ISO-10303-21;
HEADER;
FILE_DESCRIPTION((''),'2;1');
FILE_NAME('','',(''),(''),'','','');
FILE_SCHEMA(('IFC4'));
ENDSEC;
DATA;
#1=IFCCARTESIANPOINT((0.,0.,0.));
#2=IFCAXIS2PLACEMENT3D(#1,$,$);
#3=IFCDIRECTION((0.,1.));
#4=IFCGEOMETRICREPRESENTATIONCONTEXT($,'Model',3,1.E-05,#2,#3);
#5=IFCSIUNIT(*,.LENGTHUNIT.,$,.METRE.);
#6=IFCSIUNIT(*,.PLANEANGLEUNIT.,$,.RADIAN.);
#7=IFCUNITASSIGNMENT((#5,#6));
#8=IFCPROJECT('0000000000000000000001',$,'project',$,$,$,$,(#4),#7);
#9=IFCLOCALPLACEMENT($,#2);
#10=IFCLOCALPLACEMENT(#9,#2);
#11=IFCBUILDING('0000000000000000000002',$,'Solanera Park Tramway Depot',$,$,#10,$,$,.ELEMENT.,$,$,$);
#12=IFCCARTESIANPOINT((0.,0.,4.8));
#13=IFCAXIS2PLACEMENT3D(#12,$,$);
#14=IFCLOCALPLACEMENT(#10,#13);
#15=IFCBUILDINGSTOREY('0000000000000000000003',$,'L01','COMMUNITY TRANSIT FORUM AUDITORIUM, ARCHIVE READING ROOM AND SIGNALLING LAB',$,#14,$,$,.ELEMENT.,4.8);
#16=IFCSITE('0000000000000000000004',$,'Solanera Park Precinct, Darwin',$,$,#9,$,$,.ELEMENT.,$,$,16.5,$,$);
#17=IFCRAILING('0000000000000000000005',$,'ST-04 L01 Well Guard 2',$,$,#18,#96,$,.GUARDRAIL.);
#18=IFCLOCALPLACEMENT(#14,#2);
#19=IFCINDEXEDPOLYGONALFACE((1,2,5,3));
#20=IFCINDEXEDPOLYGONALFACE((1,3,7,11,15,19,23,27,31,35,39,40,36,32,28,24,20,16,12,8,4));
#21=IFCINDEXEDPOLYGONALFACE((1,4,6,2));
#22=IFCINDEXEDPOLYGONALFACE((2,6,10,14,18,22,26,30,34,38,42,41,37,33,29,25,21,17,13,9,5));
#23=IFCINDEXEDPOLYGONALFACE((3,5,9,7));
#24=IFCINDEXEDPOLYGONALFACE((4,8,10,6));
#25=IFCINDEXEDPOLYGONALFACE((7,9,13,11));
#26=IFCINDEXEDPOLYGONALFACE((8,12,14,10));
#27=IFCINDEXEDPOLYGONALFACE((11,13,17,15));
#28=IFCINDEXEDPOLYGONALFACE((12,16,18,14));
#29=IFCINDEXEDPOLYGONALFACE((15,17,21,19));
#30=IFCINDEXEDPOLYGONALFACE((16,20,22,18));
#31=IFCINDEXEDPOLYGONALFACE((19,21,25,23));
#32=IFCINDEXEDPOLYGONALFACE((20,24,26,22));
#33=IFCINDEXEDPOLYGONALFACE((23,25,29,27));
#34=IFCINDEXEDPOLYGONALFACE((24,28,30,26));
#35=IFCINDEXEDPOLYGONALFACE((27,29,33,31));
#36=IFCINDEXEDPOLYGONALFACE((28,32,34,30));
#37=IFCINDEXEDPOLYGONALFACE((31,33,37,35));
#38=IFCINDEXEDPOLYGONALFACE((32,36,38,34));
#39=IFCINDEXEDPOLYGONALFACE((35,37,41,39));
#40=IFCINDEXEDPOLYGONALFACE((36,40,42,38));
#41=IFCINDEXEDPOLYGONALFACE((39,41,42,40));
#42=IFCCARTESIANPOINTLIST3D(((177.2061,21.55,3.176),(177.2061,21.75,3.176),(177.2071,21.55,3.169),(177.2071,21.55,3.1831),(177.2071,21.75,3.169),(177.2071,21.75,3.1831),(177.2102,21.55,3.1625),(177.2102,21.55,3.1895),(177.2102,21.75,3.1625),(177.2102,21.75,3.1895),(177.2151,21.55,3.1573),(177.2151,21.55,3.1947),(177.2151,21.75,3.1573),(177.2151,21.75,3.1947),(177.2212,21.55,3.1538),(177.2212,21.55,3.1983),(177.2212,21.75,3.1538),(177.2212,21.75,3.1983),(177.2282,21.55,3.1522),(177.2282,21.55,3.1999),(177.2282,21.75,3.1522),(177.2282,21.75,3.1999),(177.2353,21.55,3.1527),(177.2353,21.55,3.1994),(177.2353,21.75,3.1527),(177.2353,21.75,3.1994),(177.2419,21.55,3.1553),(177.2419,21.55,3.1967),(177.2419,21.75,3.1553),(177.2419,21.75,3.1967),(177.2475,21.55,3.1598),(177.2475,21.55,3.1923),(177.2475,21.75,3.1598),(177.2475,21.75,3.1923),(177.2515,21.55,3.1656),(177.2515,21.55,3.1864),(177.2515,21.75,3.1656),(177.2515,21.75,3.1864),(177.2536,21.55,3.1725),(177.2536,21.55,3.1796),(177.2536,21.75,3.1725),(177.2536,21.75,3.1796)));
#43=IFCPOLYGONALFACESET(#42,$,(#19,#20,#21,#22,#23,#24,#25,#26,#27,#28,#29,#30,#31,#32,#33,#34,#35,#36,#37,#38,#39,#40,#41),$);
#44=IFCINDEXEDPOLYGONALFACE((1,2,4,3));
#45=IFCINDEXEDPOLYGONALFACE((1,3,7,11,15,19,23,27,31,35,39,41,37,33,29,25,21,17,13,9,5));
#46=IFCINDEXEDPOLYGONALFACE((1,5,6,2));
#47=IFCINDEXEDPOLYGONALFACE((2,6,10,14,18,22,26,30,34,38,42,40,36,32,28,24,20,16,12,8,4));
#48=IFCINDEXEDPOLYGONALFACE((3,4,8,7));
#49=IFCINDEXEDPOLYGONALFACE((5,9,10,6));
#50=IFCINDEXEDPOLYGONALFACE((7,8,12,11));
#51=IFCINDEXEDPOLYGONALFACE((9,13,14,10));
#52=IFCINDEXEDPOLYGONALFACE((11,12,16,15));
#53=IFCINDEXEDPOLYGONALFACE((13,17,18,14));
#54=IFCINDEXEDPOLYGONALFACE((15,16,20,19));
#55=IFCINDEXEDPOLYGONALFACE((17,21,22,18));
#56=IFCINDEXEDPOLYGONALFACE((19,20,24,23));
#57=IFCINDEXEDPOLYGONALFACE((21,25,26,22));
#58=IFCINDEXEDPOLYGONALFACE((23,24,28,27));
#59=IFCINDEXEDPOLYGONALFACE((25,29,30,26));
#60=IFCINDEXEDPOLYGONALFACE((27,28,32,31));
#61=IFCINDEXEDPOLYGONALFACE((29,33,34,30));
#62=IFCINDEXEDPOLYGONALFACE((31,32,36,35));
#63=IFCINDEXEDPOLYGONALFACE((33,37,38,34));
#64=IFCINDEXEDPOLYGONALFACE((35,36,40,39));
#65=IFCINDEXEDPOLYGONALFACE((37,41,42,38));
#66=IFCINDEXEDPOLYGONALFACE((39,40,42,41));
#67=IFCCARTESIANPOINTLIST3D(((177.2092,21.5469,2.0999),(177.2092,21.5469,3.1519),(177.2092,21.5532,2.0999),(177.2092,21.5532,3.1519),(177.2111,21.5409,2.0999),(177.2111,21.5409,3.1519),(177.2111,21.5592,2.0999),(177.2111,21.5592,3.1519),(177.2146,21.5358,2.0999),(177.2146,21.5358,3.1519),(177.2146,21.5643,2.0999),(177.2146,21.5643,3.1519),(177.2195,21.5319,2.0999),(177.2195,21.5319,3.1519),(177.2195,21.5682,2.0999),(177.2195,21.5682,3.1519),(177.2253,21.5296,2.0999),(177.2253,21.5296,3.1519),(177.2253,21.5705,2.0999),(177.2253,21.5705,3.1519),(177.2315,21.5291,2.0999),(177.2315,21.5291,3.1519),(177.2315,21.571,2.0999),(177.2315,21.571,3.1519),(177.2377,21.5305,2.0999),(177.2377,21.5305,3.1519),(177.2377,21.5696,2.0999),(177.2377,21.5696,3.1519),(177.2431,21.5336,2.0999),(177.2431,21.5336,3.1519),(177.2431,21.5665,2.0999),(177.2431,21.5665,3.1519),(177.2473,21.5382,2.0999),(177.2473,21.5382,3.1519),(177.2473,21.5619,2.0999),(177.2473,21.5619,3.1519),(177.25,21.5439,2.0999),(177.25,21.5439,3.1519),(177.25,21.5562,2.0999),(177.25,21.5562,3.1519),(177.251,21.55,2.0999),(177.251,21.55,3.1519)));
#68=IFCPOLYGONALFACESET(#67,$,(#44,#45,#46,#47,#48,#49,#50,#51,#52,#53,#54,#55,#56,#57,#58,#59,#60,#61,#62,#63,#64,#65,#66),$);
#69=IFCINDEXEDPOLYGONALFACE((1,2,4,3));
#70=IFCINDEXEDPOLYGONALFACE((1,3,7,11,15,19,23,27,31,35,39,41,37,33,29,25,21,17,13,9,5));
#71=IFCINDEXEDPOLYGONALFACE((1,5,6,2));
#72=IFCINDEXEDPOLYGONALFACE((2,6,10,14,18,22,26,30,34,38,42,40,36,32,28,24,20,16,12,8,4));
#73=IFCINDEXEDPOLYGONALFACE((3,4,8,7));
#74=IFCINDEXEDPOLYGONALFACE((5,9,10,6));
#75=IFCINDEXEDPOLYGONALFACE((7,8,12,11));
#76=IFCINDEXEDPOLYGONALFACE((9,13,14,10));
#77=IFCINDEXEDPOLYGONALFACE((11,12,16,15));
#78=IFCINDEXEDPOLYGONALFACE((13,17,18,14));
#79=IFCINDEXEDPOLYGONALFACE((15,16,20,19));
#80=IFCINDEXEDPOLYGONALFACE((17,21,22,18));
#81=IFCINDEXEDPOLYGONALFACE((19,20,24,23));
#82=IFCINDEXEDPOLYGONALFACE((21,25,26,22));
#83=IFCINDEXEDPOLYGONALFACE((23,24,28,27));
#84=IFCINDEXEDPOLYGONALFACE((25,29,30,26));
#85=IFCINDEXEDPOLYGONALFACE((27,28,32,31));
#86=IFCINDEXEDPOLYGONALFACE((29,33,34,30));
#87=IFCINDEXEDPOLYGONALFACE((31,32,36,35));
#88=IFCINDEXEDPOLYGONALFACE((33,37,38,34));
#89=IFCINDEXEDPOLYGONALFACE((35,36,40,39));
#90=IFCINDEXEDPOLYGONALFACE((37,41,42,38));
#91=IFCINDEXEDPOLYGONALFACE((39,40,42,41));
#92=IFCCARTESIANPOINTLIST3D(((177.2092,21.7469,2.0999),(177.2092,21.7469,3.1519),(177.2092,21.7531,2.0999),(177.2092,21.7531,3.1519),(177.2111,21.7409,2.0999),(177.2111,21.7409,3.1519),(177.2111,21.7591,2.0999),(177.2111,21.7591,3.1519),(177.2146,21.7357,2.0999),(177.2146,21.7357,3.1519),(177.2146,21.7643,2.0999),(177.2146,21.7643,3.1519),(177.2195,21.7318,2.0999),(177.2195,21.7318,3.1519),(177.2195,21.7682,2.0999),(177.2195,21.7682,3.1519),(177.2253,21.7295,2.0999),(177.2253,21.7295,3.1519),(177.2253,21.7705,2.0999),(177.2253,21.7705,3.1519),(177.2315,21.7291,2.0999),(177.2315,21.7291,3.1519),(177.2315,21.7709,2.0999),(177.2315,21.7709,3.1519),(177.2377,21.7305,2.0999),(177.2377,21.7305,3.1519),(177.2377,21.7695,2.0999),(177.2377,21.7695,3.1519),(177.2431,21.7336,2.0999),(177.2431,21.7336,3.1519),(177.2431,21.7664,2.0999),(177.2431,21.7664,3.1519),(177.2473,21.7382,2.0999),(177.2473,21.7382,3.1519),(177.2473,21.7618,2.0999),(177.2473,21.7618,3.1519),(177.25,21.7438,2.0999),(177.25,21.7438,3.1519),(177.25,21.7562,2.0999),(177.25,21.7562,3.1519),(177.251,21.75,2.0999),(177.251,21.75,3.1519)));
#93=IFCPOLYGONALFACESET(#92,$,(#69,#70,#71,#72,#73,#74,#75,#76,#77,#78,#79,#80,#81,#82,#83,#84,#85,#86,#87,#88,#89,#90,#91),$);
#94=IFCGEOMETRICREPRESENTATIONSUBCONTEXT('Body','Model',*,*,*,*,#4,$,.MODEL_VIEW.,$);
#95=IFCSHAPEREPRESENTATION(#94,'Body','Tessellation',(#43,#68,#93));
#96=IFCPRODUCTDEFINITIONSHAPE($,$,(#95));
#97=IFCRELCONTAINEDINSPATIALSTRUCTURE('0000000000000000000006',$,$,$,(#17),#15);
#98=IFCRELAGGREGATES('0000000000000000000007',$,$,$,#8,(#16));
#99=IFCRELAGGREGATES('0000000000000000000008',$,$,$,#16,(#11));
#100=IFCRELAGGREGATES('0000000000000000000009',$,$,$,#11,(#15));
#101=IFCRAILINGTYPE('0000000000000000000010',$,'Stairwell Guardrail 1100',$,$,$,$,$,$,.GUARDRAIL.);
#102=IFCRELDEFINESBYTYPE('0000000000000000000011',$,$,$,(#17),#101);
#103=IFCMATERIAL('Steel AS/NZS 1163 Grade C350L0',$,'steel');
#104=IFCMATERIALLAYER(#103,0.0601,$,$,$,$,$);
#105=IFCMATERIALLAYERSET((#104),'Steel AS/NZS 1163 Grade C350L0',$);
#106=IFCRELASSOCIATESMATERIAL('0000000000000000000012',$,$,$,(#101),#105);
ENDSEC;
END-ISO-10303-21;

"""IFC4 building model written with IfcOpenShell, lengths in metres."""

from ifc_helpers import new_model, si_unit, direction, frame, origin, origin_2d, place, context, subcontext, project, spatial, circle, extrude, material, layer, layer_set, type_object, element, save


model = new_model("IFC4")

# Units and contexts
model_context = context("Model", 3, precision=1e-05, world=origin(), true_north=direction((0.0, 1.0)))
body_context = subcontext(model_context, "Body", "Model", "MODEL_VIEW")
ifc_project = project(units=[si_unit("LENGTHUNIT", "METRE"), si_unit("PLANEANGLEUNIT", "RADIAN")], contexts=[model_context])

# Site, building, storey
site_placement = place(None, origin())
site = spatial("IfcSite", under=ifc_project, at=site_placement, Name="Solanera Park Precinct, Darwin", CompositionType="ELEMENT", RefElevation=16.5)
building_placement = place(site_placement, origin())
building = spatial("IfcBuilding", under=site, at=building_placement, Name="Solanera Park Tramway Depot", CompositionType="ELEMENT")
storey_placement = place(building_placement, frame((0.0, 0.0, 4.8)))
storey = spatial("IfcBuildingStorey", under=building, at=storey_placement, Name="L01", Description="COMMUNITY TRANSIT FORUM AUDITORIUM, ARCHIVE READING ROOM AND SIGNALLING LAB", CompositionType="ELEMENT", Elevation=4.8)

# Railing
ifc_material_1 = material(Name="Steel AS/NZS 1163 Grade C350L0", Category="steel")
ifc_layer_1 = layer(ifc_material_1, 0.0601)
ifc_layer_set_1 = layer_set([ifc_layer_1], Name="Steel AS/NZS 1163 Grade C350L0")
railing_type_1 = type_object("IfcRailingType", Name="Stairwell Guardrail 1100", PredefinedType="GUARDRAIL", material=ifc_layer_set_1)
railing_1_placement = place(storey_placement, frame((177.23, 21.55, 2.0999)))
element("IfcRailing", 1, at=railing_1_placement, inside=storey, type_object=railing_type_1, Name="ST-04 L01 Well Guard 2", PredefinedType="GUARDRAIL", context=body_context, shape_type="SweptSolid", body=[
    extrude(circle(Radius=0.0239, at=origin_2d()), frame((0.0, 0.0, 1.0762), z_axis=(0.0, 1.0, 0.0), x_axis=(-1.0, 0.0, 0.0)), (0.0, 0.0, 1.0), 0.2),
    extrude(circle(Radius=0.021, at=origin_2d()), origin(), (0.0, 0.0, 1.0), 1.052),
    extrude(circle(Radius=0.021, at=origin_2d()), frame((0.0, 0.2, 0.0)), (0.0, 0.0, 1.0), 1.052),
])

save(model, "model.ifc")
